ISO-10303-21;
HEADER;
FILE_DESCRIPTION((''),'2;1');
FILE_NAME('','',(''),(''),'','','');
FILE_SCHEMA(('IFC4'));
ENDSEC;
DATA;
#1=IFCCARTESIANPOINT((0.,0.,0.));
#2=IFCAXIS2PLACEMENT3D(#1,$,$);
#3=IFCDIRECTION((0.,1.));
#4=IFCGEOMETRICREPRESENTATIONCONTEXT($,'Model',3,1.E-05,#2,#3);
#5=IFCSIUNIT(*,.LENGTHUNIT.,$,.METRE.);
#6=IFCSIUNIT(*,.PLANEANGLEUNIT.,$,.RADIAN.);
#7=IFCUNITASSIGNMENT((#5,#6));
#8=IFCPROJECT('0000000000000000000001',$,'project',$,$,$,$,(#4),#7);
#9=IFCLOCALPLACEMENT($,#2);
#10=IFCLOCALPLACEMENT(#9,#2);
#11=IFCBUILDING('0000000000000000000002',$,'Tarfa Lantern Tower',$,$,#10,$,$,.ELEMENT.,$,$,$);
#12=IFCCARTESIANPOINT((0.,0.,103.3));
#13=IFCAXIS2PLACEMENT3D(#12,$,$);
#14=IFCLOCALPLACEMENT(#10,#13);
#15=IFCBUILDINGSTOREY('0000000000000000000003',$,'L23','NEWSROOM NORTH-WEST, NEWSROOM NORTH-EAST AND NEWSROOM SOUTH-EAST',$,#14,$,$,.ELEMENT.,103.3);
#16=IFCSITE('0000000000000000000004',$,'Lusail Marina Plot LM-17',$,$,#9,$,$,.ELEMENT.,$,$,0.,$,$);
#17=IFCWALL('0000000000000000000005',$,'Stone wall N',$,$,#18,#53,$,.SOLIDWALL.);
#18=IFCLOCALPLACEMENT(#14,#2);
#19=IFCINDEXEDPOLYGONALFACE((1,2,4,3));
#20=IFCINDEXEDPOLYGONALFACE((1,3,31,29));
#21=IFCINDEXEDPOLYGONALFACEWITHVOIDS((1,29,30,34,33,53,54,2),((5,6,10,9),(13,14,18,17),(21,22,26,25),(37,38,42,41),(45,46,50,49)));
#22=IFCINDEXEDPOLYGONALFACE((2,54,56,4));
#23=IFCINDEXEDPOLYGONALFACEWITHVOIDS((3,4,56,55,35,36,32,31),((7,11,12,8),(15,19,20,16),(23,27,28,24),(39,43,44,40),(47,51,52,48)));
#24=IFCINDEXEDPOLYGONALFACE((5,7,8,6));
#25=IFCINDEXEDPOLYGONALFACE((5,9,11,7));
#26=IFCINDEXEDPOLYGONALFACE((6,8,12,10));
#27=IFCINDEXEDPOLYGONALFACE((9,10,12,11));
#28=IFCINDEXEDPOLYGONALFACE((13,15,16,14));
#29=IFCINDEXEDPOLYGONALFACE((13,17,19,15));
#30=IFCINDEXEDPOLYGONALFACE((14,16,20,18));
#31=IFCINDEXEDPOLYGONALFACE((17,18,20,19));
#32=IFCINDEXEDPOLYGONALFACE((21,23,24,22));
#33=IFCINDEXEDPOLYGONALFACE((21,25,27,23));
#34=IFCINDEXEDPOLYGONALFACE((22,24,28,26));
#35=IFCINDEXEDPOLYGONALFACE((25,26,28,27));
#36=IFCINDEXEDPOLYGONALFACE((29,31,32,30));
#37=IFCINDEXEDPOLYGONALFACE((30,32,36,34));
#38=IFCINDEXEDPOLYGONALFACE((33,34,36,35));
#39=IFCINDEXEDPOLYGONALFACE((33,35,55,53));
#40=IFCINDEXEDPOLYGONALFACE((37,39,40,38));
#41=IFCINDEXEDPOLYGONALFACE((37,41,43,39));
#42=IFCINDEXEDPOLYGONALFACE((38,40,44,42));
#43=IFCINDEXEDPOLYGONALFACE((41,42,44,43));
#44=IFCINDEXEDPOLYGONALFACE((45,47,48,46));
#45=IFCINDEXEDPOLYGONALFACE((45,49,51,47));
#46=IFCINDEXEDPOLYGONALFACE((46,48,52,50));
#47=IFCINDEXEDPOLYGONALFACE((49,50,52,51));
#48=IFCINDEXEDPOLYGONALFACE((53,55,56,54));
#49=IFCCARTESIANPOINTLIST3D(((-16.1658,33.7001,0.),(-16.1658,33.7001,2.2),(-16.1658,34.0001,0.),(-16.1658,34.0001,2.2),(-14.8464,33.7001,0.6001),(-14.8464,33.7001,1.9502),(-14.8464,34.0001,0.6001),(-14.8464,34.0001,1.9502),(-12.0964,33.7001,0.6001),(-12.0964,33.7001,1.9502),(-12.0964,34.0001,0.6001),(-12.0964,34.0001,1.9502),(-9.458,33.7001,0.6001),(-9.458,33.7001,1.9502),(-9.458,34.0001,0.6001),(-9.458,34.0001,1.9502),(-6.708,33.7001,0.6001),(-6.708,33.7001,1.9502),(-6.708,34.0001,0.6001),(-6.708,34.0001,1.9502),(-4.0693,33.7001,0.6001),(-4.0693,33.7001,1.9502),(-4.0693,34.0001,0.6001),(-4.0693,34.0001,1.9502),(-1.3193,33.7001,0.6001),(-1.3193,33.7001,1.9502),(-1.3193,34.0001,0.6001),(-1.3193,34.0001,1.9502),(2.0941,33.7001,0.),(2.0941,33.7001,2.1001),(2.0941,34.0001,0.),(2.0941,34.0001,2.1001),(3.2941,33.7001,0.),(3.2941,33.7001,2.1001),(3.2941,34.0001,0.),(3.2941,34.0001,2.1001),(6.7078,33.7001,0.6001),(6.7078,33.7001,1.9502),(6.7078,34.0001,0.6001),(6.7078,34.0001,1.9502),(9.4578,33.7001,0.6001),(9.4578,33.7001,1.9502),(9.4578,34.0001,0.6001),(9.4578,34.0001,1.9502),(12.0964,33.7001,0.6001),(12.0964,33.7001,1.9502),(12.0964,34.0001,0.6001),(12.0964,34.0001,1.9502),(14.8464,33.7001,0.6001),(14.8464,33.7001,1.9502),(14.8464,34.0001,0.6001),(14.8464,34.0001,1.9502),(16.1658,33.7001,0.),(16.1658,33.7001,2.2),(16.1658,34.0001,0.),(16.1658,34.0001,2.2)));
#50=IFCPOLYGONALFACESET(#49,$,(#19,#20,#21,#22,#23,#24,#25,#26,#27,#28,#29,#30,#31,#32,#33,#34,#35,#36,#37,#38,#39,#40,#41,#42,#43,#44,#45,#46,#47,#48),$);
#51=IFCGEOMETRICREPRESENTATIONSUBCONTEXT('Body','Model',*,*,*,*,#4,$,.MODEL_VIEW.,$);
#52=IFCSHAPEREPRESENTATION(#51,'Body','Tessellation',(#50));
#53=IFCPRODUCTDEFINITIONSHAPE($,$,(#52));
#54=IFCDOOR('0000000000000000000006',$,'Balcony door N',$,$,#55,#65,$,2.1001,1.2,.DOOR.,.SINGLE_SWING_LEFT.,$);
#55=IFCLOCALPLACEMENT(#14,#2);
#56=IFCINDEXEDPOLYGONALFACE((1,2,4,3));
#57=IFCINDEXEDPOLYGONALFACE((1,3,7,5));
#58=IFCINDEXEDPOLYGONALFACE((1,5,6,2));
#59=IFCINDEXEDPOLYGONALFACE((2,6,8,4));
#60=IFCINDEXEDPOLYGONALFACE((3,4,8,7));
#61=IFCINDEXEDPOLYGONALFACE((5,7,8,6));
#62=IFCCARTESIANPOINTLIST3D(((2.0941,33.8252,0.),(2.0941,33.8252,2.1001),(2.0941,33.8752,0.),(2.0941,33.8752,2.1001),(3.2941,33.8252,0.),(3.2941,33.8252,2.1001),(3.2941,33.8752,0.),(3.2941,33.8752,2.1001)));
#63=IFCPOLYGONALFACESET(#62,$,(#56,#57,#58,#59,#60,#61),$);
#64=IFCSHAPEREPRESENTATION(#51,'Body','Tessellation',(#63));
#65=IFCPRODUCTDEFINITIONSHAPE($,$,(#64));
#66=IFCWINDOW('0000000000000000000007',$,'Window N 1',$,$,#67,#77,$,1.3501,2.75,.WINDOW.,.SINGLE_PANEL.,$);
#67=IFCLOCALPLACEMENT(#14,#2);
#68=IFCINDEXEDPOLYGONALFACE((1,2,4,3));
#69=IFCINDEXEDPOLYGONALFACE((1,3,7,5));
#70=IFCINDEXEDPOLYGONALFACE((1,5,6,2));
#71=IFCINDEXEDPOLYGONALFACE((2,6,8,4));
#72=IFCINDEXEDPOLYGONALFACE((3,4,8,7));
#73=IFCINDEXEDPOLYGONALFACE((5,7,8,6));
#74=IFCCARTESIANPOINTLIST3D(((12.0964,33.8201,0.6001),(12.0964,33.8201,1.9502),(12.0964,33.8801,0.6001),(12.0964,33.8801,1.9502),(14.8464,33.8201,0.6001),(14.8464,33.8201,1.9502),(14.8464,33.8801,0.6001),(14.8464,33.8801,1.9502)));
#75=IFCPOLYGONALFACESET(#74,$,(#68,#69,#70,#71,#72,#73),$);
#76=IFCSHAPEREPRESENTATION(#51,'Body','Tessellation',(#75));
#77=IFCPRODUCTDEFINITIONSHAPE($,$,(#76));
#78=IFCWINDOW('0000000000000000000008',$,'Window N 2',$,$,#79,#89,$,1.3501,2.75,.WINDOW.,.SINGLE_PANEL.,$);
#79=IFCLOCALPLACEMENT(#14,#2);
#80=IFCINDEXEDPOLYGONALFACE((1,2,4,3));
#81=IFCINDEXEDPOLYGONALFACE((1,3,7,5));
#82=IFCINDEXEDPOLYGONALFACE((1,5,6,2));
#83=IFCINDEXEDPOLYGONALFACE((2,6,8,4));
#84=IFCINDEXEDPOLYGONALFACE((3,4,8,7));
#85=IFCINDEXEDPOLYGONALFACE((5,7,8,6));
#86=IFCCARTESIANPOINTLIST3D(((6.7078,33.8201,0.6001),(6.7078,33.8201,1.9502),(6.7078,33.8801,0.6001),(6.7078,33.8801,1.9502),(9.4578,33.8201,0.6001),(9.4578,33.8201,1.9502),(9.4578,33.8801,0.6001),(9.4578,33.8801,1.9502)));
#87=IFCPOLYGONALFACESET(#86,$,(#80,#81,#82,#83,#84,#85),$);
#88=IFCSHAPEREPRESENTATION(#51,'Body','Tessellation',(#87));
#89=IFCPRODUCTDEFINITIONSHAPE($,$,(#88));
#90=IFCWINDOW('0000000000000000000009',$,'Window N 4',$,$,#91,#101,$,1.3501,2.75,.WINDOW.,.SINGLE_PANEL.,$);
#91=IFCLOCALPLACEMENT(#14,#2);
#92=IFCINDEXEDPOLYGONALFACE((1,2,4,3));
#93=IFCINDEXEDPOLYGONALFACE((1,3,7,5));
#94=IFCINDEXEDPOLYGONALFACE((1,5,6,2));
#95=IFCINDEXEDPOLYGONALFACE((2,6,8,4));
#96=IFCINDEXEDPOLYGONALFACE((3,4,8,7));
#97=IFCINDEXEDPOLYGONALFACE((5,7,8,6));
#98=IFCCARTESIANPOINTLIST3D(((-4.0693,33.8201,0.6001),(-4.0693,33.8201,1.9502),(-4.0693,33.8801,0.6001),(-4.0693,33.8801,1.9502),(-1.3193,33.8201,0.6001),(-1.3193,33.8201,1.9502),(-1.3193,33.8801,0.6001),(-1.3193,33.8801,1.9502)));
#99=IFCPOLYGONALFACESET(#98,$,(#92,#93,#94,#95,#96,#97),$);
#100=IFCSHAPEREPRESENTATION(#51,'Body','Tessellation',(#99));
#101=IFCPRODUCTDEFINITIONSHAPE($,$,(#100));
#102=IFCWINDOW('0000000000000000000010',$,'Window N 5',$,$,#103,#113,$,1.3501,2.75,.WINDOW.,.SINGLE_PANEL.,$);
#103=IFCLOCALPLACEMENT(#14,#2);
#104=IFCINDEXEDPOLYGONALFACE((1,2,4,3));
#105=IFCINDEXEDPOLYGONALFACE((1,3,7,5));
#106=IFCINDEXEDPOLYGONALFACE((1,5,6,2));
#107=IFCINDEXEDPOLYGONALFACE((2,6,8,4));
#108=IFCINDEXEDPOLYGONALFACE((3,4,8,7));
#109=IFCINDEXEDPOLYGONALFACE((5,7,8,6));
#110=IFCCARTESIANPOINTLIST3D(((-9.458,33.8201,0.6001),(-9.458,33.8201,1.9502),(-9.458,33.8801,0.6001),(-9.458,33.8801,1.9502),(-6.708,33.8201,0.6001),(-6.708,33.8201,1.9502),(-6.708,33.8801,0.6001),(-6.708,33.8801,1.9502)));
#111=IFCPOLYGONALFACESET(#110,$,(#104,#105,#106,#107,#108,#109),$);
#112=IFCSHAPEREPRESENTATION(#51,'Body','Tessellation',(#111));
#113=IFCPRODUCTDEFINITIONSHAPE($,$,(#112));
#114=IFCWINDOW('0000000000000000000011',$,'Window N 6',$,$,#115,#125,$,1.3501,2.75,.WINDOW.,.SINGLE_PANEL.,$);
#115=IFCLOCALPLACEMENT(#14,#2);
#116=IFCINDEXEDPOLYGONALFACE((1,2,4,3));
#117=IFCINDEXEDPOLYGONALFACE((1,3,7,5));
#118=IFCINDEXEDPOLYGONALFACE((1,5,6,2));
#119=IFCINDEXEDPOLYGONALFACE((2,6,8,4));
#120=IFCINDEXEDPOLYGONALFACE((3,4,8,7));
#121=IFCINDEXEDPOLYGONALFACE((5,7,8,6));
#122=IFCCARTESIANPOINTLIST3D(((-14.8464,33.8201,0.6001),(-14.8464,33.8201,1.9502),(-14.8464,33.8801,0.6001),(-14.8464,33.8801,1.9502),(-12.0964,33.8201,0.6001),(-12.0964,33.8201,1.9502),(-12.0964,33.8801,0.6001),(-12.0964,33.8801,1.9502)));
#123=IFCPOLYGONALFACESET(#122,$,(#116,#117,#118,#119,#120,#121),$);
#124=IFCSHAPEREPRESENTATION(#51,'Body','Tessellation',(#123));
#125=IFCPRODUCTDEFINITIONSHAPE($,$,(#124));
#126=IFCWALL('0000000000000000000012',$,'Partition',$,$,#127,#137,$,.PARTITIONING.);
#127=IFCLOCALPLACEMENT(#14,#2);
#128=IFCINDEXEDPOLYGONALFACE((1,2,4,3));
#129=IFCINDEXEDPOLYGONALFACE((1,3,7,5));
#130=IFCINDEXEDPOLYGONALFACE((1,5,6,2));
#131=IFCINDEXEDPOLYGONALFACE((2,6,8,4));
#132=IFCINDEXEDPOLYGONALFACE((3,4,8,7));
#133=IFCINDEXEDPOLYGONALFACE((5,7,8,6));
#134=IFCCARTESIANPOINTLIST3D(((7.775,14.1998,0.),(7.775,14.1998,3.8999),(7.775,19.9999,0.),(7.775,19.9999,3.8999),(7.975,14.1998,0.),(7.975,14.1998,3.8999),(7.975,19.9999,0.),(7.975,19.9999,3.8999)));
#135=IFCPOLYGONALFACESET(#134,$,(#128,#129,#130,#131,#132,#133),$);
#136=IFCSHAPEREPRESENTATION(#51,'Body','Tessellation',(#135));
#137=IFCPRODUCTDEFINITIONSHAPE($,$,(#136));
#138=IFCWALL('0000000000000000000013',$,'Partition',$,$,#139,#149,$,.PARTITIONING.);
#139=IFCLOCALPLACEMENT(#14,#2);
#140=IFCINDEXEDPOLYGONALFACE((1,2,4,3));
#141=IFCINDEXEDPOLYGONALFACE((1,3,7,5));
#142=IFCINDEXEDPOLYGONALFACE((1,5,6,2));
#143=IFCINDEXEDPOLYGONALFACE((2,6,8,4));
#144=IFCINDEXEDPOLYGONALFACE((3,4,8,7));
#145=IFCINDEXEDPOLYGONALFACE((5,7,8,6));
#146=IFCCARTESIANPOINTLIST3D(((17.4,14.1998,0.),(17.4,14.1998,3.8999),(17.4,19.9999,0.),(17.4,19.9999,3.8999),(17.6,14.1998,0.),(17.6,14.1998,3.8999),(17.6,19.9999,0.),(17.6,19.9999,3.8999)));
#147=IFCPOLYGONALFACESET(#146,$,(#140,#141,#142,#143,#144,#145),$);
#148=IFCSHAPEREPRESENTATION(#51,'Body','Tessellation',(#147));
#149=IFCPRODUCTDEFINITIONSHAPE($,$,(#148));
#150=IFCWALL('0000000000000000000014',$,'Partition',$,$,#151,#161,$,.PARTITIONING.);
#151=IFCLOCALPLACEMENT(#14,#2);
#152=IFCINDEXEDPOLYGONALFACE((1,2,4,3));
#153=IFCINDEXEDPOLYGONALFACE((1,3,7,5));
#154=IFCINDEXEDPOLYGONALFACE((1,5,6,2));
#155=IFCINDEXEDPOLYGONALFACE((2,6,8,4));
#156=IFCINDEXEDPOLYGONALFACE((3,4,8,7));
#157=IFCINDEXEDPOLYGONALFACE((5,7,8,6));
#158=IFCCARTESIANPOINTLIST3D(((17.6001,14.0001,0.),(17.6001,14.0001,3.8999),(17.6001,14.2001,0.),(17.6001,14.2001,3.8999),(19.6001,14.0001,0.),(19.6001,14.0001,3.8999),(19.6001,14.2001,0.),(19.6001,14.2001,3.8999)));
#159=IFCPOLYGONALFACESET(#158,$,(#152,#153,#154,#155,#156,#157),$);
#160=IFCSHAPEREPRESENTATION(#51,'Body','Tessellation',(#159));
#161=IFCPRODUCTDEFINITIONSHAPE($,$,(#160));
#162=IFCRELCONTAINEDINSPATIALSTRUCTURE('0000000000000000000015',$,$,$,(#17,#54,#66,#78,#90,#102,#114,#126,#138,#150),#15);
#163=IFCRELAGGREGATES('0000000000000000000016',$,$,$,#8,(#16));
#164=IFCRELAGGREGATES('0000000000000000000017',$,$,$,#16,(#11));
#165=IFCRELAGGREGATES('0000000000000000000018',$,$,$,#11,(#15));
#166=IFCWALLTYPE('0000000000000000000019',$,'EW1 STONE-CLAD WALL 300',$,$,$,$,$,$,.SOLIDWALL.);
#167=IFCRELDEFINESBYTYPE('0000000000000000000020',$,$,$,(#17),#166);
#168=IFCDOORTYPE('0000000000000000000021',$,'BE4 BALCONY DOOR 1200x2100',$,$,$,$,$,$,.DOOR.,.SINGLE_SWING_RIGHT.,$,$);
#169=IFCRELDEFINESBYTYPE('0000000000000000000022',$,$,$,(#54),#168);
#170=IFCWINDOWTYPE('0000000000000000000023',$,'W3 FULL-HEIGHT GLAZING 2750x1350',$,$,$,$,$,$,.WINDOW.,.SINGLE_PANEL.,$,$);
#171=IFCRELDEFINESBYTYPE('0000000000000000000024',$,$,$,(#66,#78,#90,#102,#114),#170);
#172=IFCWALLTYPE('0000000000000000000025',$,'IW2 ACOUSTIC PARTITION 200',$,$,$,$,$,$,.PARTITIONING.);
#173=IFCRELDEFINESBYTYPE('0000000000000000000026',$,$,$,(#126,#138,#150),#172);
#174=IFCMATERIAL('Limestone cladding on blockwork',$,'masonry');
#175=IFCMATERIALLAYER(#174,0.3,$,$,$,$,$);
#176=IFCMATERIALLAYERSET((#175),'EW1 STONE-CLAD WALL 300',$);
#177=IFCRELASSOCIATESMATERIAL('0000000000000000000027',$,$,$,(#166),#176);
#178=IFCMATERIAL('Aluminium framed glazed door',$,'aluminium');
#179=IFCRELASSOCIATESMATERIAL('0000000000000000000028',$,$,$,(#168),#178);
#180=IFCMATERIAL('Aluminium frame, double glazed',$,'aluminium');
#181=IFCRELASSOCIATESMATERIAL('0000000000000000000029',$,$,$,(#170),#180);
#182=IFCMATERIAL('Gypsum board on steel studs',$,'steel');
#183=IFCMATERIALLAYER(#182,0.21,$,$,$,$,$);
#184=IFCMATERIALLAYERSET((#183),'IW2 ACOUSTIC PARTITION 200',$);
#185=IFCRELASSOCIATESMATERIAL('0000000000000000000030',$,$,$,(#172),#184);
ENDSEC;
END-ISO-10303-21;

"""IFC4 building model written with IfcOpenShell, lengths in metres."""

from ifc_helpers import new_model, si_unit, direction, frame, frame_2d, origin, place, context, subcontext, project, spatial, rectangle, extrude, material, layer, layer_set, type_object, element, fill, save


model = new_model("IFC4")

# Units and contexts
model_context = context("Model", 3, precision=1e-05, world=origin(), true_north=direction((0.0, 1.0)))
body_context = subcontext(model_context, "Body", "Model", "MODEL_VIEW")
ifc_project = project(units=[si_unit("LENGTHUNIT", "METRE"), si_unit("PLANEANGLEUNIT", "RADIAN")], contexts=[model_context])

# Site, building, storey
site_placement = place(None, origin())
site = spatial("IfcSite", under=ifc_project, at=site_placement, Name="Lusail Marina Plot LM-17", CompositionType="ELEMENT", RefElevation=0.0)
building_placement = place(site_placement, origin())
building = spatial("IfcBuilding", under=site, at=building_placement, Name="Tarfa Lantern Tower", CompositionType="ELEMENT")
storey_placement = place(building_placement, frame((0.0, 0.0, 103.3)))
storey = spatial("IfcBuildingStorey", under=building, at=storey_placement, Name="L23", Description="NEWSROOM NORTH-WEST, NEWSROOM NORTH-EAST AND NEWSROOM SOUTH-EAST", CompositionType="ELEMENT", Elevation=103.3)

# Wall, openings, door, windows
ifc_material_1 = material(Name="Limestone cladding on blockwork", Category="masonry")
ifc_layer_1 = layer(ifc_material_1, 0.3)
ifc_layer_set_1 = layer_set([ifc_layer_1], Name="EW1 STONE-CLAD WALL 300")
wall_type_1 = type_object("IfcWallType", Name="EW1 STONE-CLAD WALL 300", PredefinedType="SOLIDWALL", material=ifc_layer_set_1)
wall_1_placement = place(storey_placement, frame((16.1658, 33.8501, 0.0), z_axis=(0.0, 0.0, 1.0), x_axis=(-1.0, 0.0, 0.0)))
wall_1 = element("IfcWall", 1, at=wall_1_placement, inside=storey, type_object=wall_type_1, Name="Stone wall N", PredefinedType="SOLIDWALL", context=body_context, shape_type="SweptSolid", body=[
    extrude(rectangle(XDim=32.3315, YDim=0.3, at=frame_2d((16.1658, 0.0))), origin(), (0.0, 0.0, 1.0), 2.2),
])
opening_1_placement = place(wall_1_placement, frame((1.3193, 0.0, 0.6001)))
opening_1 = element("IfcOpeningElement", 2, at=opening_1_placement, cuts=wall_1, PredefinedType="OPENING", context=body_context, shape_type="SweptSolid", body=[
    extrude(rectangle(XDim=2.75, YDim=1.3501, at=frame_2d((1.375, 0.675))), frame((0.0, 0.1599, 0.0), z_axis=(0.0, -1.0, 0.0), x_axis=(1.0, 0.0, 0.0)), (0.0, 0.0, 1.0), 0.3201),
])
opening_2_placement = place(wall_1_placement, frame((6.708, 0.0, 0.6001)))
opening_2 = element("IfcOpeningElement", 3, at=opening_2_placement, cuts=wall_1, PredefinedType="OPENING", context=body_context, shape_type="SweptSolid", body=[
    extrude(rectangle(XDim=2.75, YDim=1.3501, at=frame_2d((1.375, 0.675))), frame((0.0, 0.1599, 0.0), z_axis=(0.0, -1.0, 0.0), x_axis=(1.0, 0.0, 0.0)), (0.0, 0.0, 1.0), 0.3201),
])
opening_3_placement = place(wall_1_placement, frame((12.8716, 0.0, 0.0)))
opening_3 = element("IfcOpeningElement", 4, at=opening_3_placement, cuts=wall_1, PredefinedType="OPENING", context=body_context, shape_type="SweptSolid", body=[
    extrude(rectangle(XDim=1.2, YDim=2.1001, at=frame_2d((0.6001, 1.05))), frame((0.0, 0.1599, 0.0), z_axis=(0.0, -1.0, 0.0), x_axis=(1.0, 0.0, 0.0)), (0.0, 0.0, 1.0), 0.3201),
])
opening_4_placement = place(wall_1_placement, frame((17.4851, 0.0, 0.6001)))
opening_4 = element("IfcOpeningElement", 5, at=opening_4_placement, cuts=wall_1, PredefinedType="OPENING", context=body_context, shape_type="SweptSolid", body=[
    extrude(rectangle(XDim=2.75, YDim=1.3501, at=frame_2d((1.375, 0.675))), frame((0.0, 0.1599, 0.0), z_axis=(0.0, -1.0, 0.0), x_axis=(1.0, 0.0, 0.0)), (0.0, 0.0, 1.0), 0.3201),
])
opening_5_placement = place(wall_1_placement, frame((22.8738, 0.0, 0.6001)))
opening_5 = element("IfcOpeningElement", 6, at=opening_5_placement, cuts=wall_1, PredefinedType="OPENING", context=body_context, shape_type="SweptSolid", body=[
    extrude(rectangle(XDim=2.75, YDim=1.3501, at=frame_2d((1.375, 0.675))), frame((0.0, 0.1599, 0.0), z_axis=(0.0, -1.0, 0.0), x_axis=(1.0, 0.0, 0.0)), (0.0, 0.0, 1.0), 0.3201),
])
opening_6_placement = place(wall_1_placement, frame((28.2622, 0.0, 0.6001)))
opening_6 = element("IfcOpeningElement", 7, at=opening_6_placement, cuts=wall_1, PredefinedType="OPENING", context=body_context, shape_type="SweptSolid", body=[
    extrude(rectangle(XDim=2.75, YDim=1.3501, at=frame_2d((1.375, 0.675))), frame((0.0, 0.1599, 0.0), z_axis=(0.0, -1.0, 0.0), x_axis=(1.0, 0.0, 0.0)), (0.0, 0.0, 1.0), 0.3201),
])
ifc_material_2 = material(Name="Aluminium framed glazed door", Category="aluminium")
door_type = type_object("IfcDoorType", Name="BE4 BALCONY DOOR 1200x2100", OperationType="SINGLE_SWING_RIGHT", PredefinedType="DOOR", material=ifc_material_2)
door_placement = place(opening_3_placement, origin())
door = element("IfcDoor", 8, at=door_placement, inside=storey, type_object=door_type, Name="Balcony door N", OperationType="SINGLE_SWING_LEFT", OverallHeight=2.1001, OverallWidth=1.2, PredefinedType="DOOR", context=body_context, shape_type="SweptSolid", body=[
    extrude(rectangle(XDim=1.2, YDim=2.1001, at=frame_2d((0.6001, 1.05))), frame((0.0, 0.0249, 0.0), z_axis=(0.0, -1.0, 0.0), x_axis=(1.0, 0.0, 0.0)), (0.0, 0.0, 1.0), 0.05),
])
fill(opening_3, door)
ifc_material_3 = material(Name="Aluminium frame, double glazed", Category="aluminium")
window_type = type_object("IfcWindowType", Name="W3 FULL-HEIGHT GLAZING 2750x1350", PartitioningType="SINGLE_PANEL", PredefinedType="WINDOW", material=ifc_material_3)
window_1_placement = place(opening_1_placement, origin())
window_1 = element("IfcWindow", 9, at=window_1_placement, inside=storey, type_object=window_type, Name="Window N 1", OverallHeight=1.3501, OverallWidth=2.75, PartitioningType="SINGLE_PANEL", PredefinedType="WINDOW", context=body_context, shape_type="SweptSolid", body=[
    extrude(rectangle(XDim=2.75, YDim=1.3501, at=frame_2d((1.375, 0.675))), frame((0.0, 0.03, 0.0), z_axis=(0.0, -1.0, 0.0), x_axis=(1.0, 0.0, 0.0)), (0.0, 0.0, 1.0), 0.0601),
])
fill(opening_1, window_1)
window_2_placement = place(opening_2_placement, origin())
window_2 = element("IfcWindow", 10, at=window_2_placement, inside=storey, type_object=window_type, Name="Window N 2", OverallHeight=1.3501, OverallWidth=2.75, PartitioningType="SINGLE_PANEL", PredefinedType="WINDOW", context=body_context, shape_type="SweptSolid", body=[
    extrude(rectangle(XDim=2.75, YDim=1.3501, at=frame_2d((1.375, 0.675))), frame((0.0, 0.03, 0.0), z_axis=(0.0, -1.0, 0.0), x_axis=(1.0, 0.0, 0.0)), (0.0, 0.0, 1.0), 0.0601),
])
fill(opening_2, window_2)
window_3_placement = place(opening_4_placement, origin())
window_3 = element("IfcWindow", 11, at=window_3_placement, inside=storey, type_object=window_type, Name="Window N 4", OverallHeight=1.3501, OverallWidth=2.75, PartitioningType="SINGLE_PANEL", PredefinedType="WINDOW", context=body_context, shape_type="SweptSolid", body=[
    extrude(rectangle(XDim=2.75, YDim=1.3501, at=frame_2d((1.375, 0.675))), frame((0.0, 0.03, 0.0), z_axis=(0.0, -1.0, 0.0), x_axis=(1.0, 0.0, 0.0)), (0.0, 0.0, 1.0), 0.0601),
])
fill(opening_4, window_3)
window_4_placement = place(opening_5_placement, origin())
window_4 = element("IfcWindow", 12, at=window_4_placement, inside=storey, type_object=window_type, Name="Window N 5", OverallHeight=1.3501, OverallWidth=2.75, PartitioningType="SINGLE_PANEL", PredefinedType="WINDOW", context=body_context, shape_type="SweptSolid", body=[
    extrude(rectangle(XDim=2.75, YDim=1.3501, at=frame_2d((1.375, 0.675))), frame((0.0, 0.03, 0.0), z_axis=(0.0, -1.0, 0.0), x_axis=(1.0, 0.0, 0.0)), (0.0, 0.0, 1.0), 0.0601),
])
fill(opening_5, window_4)
window_5_placement = place(opening_6_placement, origin())
window_5 = element("IfcWindow", 13, at=window_5_placement, inside=storey, type_object=window_type, Name="Window N 6", OverallHeight=1.3501, OverallWidth=2.75, PartitioningType="SINGLE_PANEL", PredefinedType="WINDOW", context=body_context, shape_type="SweptSolid", body=[
    extrude(rectangle(XDim=2.75, YDim=1.3501, at=frame_2d((1.375, 0.675))), frame((0.0, 0.03, 0.0), z_axis=(0.0, -1.0, 0.0), x_axis=(1.0, 0.0, 0.0)), (0.0, 0.0, 1.0), 0.0601),
])
fill(opening_6, window_5)

# Walls
ifc_material_4 = material(Name="Gypsum board on steel studs", Category="steel")
ifc_layer_2 = layer(ifc_material_4, 0.21)
ifc_layer_set_2 = layer_set([ifc_layer_2], Name="IW2 ACOUSTIC PARTITION 200")
wall_type_2 = type_object("IfcWallType", Name="IW2 ACOUSTIC PARTITION 200", PredefinedType="PARTITIONING", material=ifc_layer_set_2)
for number, where, z_axis, x_axis, name in (
    (14, (7.875, 14.2, 0.0), (0.0, 0.0, 1.0), (0.0, 1.0, 0.0), "Partition"),
    (15, (17.5, 14.2, 0.0), (0.0, 0.0, 1.0), (0.0, 1.0, 0.0), "Partition"),
):
    element("IfcWall", number, at=place(storey_placement, frame(where, z_axis=z_axis, x_axis=x_axis)), inside=storey, type_object=wall_type_2, Name=name, PredefinedType="PARTITIONING", context=body_context, shape_type="SweptSolid", body=[
        extrude(rectangle(XDim=5.8, YDim=0.2, at=frame_2d((2.8999, 0.0))), origin(), (0.0, 0.0, 1.0), 3.8999),
    ])
wall_2_placement = place(storey_placement, frame((17.6001, 14.1001, 0.0), z_axis=(0.0, 0.0, 1.0), x_axis=(1.0, 0.0, 0.0)))
element("IfcWall", 16, at=wall_2_placement, inside=storey, type_object=wall_type_2, Name="Partition", PredefinedType="PARTITIONING", context=body_context, shape_type="SweptSolid", body=[
    extrude(rectangle(XDim=2.0, YDim=0.2, at=frame_2d((1.0, 0.0))), origin(), (0.0, 0.0, 1.0), 3.8999),
])

save(model, "model.ifc")
